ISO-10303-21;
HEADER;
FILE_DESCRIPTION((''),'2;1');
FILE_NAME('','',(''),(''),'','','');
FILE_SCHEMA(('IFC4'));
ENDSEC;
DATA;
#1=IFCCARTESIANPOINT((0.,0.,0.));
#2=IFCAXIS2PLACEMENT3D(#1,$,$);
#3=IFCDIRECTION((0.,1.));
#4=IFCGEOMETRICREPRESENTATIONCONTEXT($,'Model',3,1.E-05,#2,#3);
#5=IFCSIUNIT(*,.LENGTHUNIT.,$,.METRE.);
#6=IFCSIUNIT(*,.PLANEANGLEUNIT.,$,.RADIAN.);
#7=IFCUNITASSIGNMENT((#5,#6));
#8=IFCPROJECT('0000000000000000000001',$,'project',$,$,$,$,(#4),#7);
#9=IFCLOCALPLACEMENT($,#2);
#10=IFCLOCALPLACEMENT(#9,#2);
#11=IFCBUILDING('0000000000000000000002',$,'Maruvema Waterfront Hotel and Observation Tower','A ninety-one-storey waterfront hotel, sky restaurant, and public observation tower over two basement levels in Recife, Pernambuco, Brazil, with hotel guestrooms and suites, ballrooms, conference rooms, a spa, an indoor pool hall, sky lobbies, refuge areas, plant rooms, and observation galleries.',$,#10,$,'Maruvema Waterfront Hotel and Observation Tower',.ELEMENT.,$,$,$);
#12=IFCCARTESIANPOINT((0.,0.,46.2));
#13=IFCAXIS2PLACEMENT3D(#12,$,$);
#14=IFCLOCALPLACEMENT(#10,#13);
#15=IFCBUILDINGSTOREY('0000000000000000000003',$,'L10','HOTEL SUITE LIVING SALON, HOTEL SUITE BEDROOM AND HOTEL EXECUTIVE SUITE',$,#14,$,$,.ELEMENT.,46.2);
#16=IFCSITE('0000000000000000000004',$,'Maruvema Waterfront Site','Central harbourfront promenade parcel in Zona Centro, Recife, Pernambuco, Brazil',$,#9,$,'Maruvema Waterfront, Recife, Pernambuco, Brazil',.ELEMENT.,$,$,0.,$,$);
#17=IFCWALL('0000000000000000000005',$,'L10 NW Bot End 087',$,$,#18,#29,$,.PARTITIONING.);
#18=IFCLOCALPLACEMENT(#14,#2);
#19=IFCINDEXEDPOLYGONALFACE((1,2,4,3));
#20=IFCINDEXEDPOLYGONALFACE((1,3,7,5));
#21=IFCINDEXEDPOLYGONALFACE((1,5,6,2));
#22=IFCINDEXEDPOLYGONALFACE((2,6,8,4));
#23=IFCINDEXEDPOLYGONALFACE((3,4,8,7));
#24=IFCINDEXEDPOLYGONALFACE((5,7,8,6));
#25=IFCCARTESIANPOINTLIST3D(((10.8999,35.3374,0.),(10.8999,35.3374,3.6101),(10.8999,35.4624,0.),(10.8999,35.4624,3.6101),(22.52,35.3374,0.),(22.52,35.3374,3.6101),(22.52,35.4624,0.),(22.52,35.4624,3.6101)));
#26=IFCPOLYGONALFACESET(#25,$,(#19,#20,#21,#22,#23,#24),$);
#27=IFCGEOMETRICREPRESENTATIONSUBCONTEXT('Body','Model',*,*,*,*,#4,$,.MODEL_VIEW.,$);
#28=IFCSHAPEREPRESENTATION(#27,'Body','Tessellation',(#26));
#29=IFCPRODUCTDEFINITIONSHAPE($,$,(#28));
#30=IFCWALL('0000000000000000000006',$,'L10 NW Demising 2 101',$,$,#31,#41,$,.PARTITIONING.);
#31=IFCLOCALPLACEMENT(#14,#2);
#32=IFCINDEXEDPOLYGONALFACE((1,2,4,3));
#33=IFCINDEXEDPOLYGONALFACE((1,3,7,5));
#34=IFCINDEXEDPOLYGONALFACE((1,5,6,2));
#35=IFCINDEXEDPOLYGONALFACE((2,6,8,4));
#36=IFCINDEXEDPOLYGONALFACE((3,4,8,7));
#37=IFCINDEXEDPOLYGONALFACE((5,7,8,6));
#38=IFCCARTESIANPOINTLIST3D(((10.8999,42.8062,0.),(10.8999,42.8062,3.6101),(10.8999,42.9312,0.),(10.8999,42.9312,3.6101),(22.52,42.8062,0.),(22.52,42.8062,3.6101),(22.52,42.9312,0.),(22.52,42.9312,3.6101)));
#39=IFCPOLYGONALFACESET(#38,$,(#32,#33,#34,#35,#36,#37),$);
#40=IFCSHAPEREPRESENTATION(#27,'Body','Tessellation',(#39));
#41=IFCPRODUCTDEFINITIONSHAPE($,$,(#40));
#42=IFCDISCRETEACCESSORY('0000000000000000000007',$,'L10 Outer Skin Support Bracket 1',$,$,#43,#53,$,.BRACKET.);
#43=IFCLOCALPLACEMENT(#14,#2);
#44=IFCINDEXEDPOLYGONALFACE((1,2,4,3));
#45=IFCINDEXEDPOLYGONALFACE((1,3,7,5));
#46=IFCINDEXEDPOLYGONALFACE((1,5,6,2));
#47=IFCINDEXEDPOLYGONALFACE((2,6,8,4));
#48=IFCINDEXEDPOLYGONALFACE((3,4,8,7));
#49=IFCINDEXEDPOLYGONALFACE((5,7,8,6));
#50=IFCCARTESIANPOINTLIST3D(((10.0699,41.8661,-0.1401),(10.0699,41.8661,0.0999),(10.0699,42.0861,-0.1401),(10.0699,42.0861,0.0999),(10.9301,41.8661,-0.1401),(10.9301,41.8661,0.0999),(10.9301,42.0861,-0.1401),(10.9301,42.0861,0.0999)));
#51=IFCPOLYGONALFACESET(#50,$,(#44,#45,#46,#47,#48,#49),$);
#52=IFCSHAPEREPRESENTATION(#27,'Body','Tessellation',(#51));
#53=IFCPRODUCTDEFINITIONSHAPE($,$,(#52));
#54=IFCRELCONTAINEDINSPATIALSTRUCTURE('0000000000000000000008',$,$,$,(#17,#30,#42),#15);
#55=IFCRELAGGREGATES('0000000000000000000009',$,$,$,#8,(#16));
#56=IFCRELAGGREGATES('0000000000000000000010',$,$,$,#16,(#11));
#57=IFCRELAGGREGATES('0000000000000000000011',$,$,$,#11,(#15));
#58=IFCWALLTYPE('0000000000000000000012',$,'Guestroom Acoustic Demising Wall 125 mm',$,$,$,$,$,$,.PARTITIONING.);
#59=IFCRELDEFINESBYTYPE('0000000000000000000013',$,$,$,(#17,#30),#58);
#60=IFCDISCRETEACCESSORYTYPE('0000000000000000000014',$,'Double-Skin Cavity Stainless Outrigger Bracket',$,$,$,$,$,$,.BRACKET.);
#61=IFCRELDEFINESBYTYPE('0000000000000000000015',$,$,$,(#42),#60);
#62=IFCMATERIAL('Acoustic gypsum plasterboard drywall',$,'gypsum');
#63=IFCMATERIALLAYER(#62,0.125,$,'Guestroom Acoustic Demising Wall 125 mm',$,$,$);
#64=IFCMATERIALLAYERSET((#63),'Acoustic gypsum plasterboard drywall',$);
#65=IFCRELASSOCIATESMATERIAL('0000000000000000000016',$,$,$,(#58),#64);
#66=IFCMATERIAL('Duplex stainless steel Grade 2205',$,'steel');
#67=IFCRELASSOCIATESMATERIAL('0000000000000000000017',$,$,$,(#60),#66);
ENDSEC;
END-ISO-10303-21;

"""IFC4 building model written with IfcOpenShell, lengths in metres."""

from ifc_helpers import new_model, si_unit, direction, frame, frame_2d, origin, origin_2d, place, context, subcontext, project, spatial, rectangle, extrude, material, layer, layer_set, type_object, element, save


model = new_model("IFC4")

# Units and contexts
model_context = context("Model", 3, precision=1e-05, world=origin(), true_north=direction((0.0, 1.0)))
body_context = subcontext(model_context, "Body", "Model", "MODEL_VIEW")
ifc_project = project(units=[si_unit("LENGTHUNIT", "METRE"), si_unit("PLANEANGLEUNIT", "RADIAN")], contexts=[model_context])

# Site, building, storey
site_placement = place(None, origin())
site = spatial("IfcSite", under=ifc_project, at=site_placement, Name="Maruvema Waterfront Site", Description="Central harbourfront promenade parcel in Zona Centro, Recife, Pernambuco, Brazil", LongName="Maruvema Waterfront, Recife, Pernambuco, Brazil", CompositionType="ELEMENT", RefElevation=0.0)
building_placement = place(site_placement, origin())
building = spatial("IfcBuilding", under=site, at=building_placement, Name="Maruvema Waterfront Hotel and Observation Tower", Description="A ninety-one-storey waterfront hotel, sky restaurant, and public observation tower over two basement levels in Recife, Pernambuco, Brazil, with hotel guestrooms and suites, ballrooms, conference rooms, a spa, an indoor pool hall, sky lobbies, refuge areas, plant rooms, and observation galleries.", LongName="Maruvema Waterfront Hotel and Observation Tower", CompositionType="ELEMENT")
storey_placement = place(building_placement, frame((0.0, 0.0, 46.2)))
storey = spatial("IfcBuildingStorey", under=building, at=storey_placement, Name="L10", Description="HOTEL SUITE LIVING SALON, HOTEL SUITE BEDROOM AND HOTEL EXECUTIVE SUITE", CompositionType="ELEMENT", Elevation=46.2)

# Walls
ifc_material_1 = material(Name="Acoustic gypsum plasterboard drywall", Category="gypsum")
ifc_layer_1 = layer(ifc_material_1, 0.125, Name="Guestroom Acoustic Demising Wall 125 mm")
ifc_layer_set_1 = layer_set([ifc_layer_1], Name="Acoustic gypsum plasterboard drywall")
wall_type_1 = type_object("IfcWallType", Name="Guestroom Acoustic Demising Wall 125 mm", PredefinedType="PARTITIONING", material=ifc_layer_set_1)
for number, where, z_axis, x_axis, name in (
    (1, (10.8999, 35.3999, 0.0), (0.0, 0.0, 1.0), (1.0, 0.0, 0.0), "L10 NW Bot End 087"),
    (2, (10.8999, 42.8687, 0.0), (0.0, 0.0, 1.0), (1.0, 0.0, 0.0), "L10 NW Demising 2 101"),
):
    element("IfcWall", number, at=place(storey_placement, frame(where, z_axis=z_axis, x_axis=x_axis)), inside=storey, type_object=wall_type_1, Name=name, PredefinedType="PARTITIONING", context=body_context, shape_type="SweptSolid", body=[
        extrude(rectangle(XDim=11.6201, YDim=0.125, at=frame_2d((5.8101, 0.0))), origin(), (0.0, 0.0, 1.0), 3.6101),
    ])

# Discrete accessory
ifc_material_2 = material(Name="Duplex stainless steel Grade 2205", Category="steel")
discrete_accessory_type = type_object("IfcDiscreteAccessoryType", Name="Double-Skin Cavity Stainless Outrigger Bracket", PredefinedType="BRACKET", material=ifc_material_2)
discrete_accessory_placement = place(storey_placement, frame((10.5, 41.9761, -0.1401), z_axis=(0.0, 0.0, 1.0), x_axis=(0.0, -1.0, 0.0)))
element("IfcDiscreteAccessory", 3, at=discrete_accessory_placement, inside=storey, type_object=discrete_accessory_type, Name="L10 Outer Skin Support Bracket 1", PredefinedType="BRACKET", context=body_context, shape_type="SweptSolid", body=[
    extrude(rectangle(XDim=0.22, YDim=0.8601, at=origin_2d()), origin(), (0.0, 0.0, 1.0), 0.24),
])

save(model, "model.ifc")
